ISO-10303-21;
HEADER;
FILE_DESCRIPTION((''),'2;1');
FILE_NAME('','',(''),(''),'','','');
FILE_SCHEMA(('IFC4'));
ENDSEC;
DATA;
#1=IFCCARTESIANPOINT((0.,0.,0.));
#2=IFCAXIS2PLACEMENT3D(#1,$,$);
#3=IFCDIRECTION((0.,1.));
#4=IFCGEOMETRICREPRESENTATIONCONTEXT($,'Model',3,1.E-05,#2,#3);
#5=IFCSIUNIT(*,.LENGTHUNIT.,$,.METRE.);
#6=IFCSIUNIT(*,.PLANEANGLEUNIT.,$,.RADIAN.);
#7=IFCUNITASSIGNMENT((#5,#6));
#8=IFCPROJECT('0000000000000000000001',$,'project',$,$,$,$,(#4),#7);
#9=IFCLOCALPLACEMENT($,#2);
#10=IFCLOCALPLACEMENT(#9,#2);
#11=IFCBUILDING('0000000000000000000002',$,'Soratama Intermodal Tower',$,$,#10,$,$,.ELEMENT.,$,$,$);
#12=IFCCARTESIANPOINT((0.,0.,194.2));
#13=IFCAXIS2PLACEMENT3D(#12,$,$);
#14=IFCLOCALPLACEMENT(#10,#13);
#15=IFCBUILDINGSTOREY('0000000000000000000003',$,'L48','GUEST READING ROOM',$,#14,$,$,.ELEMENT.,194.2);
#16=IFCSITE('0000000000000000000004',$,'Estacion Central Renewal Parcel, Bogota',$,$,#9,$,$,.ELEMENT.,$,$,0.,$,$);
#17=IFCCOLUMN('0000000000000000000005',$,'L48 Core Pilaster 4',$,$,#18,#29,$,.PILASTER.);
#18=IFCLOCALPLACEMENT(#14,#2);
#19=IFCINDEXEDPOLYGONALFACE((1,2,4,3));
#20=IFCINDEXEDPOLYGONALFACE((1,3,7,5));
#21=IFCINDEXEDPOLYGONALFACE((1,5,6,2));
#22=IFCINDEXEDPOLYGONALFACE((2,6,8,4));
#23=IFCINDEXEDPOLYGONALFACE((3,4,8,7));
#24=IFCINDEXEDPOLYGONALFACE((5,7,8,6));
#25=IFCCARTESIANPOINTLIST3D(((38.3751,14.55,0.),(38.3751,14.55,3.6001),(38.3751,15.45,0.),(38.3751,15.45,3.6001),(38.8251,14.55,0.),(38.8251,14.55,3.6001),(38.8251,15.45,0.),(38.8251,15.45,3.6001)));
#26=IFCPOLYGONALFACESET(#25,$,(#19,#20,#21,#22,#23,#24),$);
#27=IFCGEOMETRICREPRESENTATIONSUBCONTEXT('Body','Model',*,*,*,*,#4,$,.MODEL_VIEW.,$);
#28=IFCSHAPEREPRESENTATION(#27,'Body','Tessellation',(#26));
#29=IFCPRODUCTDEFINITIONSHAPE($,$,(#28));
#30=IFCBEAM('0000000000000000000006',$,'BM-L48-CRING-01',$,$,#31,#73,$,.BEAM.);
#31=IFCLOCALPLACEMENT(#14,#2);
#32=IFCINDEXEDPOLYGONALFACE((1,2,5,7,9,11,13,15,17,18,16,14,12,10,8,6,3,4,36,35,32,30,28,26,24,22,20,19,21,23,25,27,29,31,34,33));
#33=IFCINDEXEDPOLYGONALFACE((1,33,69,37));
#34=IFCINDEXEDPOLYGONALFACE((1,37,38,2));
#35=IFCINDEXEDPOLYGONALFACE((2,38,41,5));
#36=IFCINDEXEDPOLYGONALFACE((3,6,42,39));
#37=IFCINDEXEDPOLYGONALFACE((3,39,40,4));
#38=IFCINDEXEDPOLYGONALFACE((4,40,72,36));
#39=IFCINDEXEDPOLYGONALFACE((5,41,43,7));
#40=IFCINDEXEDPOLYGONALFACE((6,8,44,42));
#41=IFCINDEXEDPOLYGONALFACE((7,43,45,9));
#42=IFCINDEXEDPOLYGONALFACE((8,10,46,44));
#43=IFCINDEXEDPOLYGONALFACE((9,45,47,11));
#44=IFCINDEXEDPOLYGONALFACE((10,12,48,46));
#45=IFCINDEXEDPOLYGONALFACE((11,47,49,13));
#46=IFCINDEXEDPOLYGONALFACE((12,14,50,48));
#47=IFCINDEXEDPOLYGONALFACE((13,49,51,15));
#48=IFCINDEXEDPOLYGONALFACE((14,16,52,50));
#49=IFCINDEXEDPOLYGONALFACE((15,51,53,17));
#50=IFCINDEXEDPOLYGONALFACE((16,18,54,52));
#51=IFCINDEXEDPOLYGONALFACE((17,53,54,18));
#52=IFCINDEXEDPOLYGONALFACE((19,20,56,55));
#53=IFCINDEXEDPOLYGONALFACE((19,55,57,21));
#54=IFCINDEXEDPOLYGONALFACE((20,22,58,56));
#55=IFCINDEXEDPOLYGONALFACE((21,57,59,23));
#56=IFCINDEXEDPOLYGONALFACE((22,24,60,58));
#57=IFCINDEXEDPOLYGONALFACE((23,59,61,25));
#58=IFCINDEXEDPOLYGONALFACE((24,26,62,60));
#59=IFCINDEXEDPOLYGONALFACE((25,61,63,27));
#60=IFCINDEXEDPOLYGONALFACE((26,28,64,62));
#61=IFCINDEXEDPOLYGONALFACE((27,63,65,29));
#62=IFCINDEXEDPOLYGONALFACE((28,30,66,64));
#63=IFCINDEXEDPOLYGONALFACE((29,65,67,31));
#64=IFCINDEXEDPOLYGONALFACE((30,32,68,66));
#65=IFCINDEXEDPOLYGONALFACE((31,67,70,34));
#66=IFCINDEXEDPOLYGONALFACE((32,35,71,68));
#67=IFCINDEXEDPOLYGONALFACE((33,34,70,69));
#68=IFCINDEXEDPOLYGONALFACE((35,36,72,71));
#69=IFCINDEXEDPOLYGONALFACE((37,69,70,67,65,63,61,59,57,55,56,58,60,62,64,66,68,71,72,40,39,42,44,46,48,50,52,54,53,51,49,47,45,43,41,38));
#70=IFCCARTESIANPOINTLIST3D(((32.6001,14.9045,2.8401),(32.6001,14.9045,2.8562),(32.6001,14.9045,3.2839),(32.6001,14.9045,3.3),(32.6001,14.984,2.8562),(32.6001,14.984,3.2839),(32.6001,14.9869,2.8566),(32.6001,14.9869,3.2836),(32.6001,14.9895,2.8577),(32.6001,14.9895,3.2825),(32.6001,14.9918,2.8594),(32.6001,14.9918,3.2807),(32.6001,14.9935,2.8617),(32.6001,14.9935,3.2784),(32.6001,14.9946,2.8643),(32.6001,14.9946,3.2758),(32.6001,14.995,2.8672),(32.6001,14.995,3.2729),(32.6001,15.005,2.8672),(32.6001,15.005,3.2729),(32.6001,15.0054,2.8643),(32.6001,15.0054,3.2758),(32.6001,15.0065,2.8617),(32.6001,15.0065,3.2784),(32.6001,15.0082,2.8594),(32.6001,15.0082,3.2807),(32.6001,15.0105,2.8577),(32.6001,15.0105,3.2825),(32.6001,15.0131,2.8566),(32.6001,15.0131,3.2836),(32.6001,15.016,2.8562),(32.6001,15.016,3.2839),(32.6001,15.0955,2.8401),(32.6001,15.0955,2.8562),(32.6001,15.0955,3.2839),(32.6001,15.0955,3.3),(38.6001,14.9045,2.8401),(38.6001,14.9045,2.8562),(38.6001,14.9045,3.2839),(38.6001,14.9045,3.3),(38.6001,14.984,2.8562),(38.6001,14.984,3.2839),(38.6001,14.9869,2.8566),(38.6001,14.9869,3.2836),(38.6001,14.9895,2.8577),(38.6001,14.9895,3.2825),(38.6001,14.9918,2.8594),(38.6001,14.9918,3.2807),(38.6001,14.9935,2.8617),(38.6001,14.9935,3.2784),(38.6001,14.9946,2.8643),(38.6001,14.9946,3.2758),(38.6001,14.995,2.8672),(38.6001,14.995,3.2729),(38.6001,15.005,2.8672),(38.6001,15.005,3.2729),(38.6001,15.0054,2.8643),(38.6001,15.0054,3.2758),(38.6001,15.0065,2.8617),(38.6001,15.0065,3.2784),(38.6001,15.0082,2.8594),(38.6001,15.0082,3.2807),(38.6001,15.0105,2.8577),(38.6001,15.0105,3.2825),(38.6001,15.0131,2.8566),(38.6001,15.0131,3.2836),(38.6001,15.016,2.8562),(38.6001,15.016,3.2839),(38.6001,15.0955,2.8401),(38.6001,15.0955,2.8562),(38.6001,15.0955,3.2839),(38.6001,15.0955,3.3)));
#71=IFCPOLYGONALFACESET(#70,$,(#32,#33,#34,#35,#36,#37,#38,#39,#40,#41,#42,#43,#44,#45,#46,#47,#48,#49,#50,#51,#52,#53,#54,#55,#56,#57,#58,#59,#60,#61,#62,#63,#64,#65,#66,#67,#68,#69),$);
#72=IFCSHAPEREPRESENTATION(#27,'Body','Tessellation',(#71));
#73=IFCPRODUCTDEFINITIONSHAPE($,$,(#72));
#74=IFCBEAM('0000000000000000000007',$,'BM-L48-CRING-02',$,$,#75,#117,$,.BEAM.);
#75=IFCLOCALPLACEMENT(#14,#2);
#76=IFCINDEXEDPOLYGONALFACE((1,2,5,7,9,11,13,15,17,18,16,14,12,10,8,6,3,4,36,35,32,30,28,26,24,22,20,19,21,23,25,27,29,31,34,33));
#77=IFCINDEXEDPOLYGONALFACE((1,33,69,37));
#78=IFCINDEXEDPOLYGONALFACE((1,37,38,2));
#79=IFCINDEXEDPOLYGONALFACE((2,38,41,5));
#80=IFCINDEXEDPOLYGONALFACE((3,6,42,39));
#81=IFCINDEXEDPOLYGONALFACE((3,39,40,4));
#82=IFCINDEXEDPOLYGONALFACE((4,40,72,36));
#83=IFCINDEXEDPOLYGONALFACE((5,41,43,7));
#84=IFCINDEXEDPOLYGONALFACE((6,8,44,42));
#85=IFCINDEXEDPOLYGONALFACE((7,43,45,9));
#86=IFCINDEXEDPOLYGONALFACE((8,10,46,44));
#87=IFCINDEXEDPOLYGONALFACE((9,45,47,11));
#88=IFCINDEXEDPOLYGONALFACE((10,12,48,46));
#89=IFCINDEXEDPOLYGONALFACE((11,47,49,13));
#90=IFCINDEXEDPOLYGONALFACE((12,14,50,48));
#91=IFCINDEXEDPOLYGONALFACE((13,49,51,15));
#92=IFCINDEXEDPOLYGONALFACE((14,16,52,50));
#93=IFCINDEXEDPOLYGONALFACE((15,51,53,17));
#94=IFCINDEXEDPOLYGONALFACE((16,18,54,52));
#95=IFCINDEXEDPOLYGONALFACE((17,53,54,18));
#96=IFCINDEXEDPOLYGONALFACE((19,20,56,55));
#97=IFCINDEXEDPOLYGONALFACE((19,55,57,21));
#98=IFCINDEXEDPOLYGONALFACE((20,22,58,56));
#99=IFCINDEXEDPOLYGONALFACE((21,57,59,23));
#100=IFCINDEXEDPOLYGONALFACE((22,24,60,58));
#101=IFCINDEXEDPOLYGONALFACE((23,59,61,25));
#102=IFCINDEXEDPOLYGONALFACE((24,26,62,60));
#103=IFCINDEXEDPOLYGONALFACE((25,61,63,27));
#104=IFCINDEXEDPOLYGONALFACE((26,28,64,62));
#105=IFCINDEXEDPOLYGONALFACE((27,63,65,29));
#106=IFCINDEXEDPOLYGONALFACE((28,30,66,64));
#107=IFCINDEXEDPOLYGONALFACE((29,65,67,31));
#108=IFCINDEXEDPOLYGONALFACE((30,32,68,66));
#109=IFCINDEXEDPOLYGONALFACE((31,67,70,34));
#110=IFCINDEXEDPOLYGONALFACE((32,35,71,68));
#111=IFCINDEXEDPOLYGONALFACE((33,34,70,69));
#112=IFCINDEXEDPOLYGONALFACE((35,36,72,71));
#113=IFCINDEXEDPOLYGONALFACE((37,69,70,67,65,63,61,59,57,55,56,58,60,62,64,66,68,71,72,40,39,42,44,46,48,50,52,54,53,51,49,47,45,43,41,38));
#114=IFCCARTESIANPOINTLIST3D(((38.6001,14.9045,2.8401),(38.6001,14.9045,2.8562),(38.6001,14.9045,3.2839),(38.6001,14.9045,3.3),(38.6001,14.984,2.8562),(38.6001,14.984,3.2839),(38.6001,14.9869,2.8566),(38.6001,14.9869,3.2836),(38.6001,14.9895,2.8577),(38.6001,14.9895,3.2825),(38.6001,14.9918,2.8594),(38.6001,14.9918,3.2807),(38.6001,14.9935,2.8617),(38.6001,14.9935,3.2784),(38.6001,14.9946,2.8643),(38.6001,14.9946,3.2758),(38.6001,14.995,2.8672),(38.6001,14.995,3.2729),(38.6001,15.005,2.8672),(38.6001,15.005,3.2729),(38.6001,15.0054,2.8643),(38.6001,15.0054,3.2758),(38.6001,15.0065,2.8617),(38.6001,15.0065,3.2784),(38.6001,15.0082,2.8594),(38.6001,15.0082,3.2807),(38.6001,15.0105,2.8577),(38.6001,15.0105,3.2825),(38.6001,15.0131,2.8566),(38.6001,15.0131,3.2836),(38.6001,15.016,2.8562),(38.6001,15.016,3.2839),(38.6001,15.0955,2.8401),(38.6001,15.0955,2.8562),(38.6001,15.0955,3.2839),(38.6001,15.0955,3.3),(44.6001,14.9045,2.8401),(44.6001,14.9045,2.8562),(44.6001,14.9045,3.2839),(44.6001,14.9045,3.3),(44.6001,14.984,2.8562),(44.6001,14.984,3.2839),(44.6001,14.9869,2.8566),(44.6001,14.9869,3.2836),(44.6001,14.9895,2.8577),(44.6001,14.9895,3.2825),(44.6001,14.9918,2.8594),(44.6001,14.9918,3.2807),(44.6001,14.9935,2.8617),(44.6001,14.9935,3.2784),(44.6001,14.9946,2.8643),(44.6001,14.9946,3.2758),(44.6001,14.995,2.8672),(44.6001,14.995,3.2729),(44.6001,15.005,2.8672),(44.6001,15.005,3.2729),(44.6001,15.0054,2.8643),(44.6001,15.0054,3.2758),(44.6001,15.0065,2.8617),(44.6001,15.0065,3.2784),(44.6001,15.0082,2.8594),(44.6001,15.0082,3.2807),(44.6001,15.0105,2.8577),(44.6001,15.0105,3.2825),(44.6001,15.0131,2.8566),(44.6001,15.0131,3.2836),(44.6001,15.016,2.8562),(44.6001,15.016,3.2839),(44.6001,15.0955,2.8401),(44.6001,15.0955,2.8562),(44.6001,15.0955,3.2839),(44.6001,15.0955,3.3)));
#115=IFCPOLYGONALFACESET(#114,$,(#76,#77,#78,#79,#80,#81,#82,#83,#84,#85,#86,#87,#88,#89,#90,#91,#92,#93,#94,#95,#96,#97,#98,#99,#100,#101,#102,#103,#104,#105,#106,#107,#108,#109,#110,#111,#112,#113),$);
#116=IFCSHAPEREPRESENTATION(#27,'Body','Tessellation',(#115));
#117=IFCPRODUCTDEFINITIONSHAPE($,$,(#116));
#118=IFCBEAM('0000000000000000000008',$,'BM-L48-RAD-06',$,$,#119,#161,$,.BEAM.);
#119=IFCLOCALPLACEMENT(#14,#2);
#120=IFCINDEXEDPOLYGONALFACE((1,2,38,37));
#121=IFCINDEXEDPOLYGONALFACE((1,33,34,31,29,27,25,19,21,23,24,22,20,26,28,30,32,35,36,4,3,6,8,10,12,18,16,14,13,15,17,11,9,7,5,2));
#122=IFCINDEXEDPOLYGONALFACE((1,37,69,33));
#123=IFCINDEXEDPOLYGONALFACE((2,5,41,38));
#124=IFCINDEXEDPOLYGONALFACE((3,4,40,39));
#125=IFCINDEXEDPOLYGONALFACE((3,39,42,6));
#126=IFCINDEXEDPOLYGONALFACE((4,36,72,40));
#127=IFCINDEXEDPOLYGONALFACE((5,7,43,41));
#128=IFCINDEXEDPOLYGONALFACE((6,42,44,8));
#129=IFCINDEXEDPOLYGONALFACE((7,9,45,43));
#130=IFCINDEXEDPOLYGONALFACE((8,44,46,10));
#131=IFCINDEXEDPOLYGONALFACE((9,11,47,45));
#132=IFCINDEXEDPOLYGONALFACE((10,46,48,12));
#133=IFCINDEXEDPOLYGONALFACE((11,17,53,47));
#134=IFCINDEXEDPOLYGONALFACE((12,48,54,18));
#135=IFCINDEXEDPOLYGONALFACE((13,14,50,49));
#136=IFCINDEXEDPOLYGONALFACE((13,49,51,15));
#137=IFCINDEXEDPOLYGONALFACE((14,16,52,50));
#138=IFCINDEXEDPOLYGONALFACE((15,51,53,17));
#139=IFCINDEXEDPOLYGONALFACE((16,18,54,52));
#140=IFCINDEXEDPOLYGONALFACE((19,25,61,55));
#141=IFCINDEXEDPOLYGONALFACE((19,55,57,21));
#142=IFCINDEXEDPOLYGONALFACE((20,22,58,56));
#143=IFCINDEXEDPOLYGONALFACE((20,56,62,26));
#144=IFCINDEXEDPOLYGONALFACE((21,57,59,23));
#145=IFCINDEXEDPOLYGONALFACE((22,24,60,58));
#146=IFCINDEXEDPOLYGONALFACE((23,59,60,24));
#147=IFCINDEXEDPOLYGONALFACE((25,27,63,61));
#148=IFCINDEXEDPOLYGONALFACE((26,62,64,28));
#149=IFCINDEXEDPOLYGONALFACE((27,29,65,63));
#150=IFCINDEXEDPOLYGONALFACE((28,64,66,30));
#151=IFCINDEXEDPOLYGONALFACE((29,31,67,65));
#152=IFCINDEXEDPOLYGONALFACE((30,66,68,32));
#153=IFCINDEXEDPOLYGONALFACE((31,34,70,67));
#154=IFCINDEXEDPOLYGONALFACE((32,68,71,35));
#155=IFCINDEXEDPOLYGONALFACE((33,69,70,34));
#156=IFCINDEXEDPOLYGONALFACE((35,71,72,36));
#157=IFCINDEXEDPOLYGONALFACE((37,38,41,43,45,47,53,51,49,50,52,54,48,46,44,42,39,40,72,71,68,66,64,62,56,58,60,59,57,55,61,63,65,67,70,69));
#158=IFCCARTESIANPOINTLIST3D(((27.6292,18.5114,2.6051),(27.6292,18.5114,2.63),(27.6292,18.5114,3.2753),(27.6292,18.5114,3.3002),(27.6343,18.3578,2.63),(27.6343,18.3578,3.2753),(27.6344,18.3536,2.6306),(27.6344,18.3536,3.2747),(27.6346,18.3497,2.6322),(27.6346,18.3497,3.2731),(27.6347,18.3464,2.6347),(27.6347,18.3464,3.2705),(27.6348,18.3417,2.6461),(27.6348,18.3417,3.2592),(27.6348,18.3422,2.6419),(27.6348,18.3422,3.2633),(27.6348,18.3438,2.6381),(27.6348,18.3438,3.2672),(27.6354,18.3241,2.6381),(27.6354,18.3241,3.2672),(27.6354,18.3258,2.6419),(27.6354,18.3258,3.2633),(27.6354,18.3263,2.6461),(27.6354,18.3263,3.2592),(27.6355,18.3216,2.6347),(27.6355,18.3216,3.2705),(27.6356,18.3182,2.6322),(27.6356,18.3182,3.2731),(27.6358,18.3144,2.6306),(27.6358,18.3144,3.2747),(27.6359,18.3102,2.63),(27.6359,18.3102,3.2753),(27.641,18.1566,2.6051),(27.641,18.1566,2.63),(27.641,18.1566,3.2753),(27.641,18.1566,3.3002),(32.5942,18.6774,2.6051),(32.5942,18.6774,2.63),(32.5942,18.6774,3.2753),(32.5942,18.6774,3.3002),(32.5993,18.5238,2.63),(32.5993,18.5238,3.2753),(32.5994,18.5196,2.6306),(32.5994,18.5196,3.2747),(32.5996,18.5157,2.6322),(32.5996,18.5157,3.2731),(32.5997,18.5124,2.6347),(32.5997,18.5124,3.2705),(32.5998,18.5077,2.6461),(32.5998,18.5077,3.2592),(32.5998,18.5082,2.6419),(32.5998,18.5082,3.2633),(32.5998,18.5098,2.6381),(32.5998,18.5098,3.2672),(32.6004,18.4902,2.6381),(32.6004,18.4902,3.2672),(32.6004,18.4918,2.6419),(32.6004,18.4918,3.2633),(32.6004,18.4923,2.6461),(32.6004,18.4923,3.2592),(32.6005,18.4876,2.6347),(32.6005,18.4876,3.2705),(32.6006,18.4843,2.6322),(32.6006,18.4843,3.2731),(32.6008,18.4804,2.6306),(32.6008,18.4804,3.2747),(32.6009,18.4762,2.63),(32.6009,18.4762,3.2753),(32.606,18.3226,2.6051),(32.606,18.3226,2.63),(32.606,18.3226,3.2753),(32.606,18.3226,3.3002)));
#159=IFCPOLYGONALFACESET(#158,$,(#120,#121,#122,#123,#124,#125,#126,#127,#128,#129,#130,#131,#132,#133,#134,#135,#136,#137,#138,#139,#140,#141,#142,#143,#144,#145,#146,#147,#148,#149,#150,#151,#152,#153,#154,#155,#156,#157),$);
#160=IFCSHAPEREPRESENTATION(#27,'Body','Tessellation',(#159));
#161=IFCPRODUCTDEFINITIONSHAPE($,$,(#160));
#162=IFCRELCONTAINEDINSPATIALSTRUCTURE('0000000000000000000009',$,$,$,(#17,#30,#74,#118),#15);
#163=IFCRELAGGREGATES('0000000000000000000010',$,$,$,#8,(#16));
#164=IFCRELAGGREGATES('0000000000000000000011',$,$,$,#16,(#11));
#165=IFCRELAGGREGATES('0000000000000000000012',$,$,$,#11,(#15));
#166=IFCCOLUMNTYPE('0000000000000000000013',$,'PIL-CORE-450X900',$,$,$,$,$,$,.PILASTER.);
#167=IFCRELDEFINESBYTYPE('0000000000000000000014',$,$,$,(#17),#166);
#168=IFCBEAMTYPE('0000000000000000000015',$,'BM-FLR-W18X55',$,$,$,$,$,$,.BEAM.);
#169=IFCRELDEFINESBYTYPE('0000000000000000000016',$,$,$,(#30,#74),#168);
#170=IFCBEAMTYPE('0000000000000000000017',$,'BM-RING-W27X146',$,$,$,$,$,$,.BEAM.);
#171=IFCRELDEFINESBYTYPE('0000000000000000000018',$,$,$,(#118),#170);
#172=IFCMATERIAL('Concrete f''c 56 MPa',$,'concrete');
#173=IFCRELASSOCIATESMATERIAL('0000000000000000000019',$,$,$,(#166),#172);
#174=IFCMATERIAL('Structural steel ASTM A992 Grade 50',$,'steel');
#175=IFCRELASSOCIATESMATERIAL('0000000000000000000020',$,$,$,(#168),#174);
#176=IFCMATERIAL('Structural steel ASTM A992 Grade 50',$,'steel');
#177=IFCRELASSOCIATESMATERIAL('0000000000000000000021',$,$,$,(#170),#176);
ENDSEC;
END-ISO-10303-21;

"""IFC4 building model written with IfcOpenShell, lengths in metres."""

from ifc_helpers import new_model, si_unit, direction, frame, origin, origin_2d, place, context, subcontext, project, spatial, rectangle, i_section, extrude, material, material_profile, profile_set, type_object, element, save


model = new_model("IFC4")

# Units and contexts
model_context = context("Model", 3, precision=1e-05, world=origin(), true_north=direction((0.0, 1.0)))
body_context = subcontext(model_context, "Body", "Model", "MODEL_VIEW")
ifc_project = project(units=[si_unit("LENGTHUNIT", "METRE"), si_unit("PLANEANGLEUNIT", "RADIAN")], contexts=[model_context])

# Site, building, storey
site_placement = place(None, origin())
site = spatial("IfcSite", under=ifc_project, at=site_placement, Name="Estacion Central Renewal Parcel, Bogota", CompositionType="ELEMENT", RefElevation=0.0)
building_placement = place(site_placement, origin())
building = spatial("IfcBuilding", under=site, at=building_placement, Name="Soratama Intermodal Tower", CompositionType="ELEMENT")
storey_placement = place(building_placement, frame((0.0, 0.0, 194.2)))
storey = spatial("IfcBuildingStorey", under=building, at=storey_placement, Name="L48", Description="GUEST READING ROOM", CompositionType="ELEMENT", Elevation=194.2)

# Column
ifc_material_1 = material(Name="Concrete f'c 56 MPa", Category="concrete")
ifc_material_profile_1 = material_profile(ifc_material_1, rectangle(XDim=0.45, YDim=0.8999, at=origin_2d()), Name="RC450X900")
ifc_profile_set_1 = profile_set([ifc_material_profile_1], Name="Concrete f'c 56 MPa")
column_type = type_object("IfcColumnType", Name="PIL-CORE-450X900", PredefinedType="PILASTER", material=ifc_profile_set_1)
column_placement = place(storey_placement, frame((38.6001, 15.0, 0.0), z_axis=(0.0, 0.0, 1.0), x_axis=(1.0, 0.0, 0.0)))
element("IfcColumn", 1, at=column_placement, inside=storey, type_object=column_type, Name="L48 Core Pilaster 4", PredefinedType="PILASTER", context=body_context, shape_type="SweptSolid", body=[
    extrude(rectangle(XDim=0.45, YDim=0.8999, at=origin_2d()), origin(), (0.0, 0.0, 1.0), 3.6001),
])

# Beams
ifc_material_2 = material(Name="Structural steel ASTM A992 Grade 50", Category="steel")
ifc_material_profile_2 = material_profile(ifc_material_2, i_section(OverallWidth=0.1909, OverallDepth=0.46, WebThickness=0.01, FlangeThickness=0.0161, FilletRadius=0.011, at=origin_2d()), Name="W18X55")
ifc_profile_set_2 = profile_set([ifc_material_profile_2], Name="Structural steel ASTM A992 Grade 50")
beam_type_1 = type_object("IfcBeamType", Name="BM-FLR-W18X55", PredefinedType="BEAM", material=ifc_profile_set_2)
for number, where, z_axis, x_axis, name in (
    (2, (32.6001, 15.0, 3.0701), (1.0, 0.0, 0.0), (0.0, 1.0, 0.0), "BM-L48-CRING-01"),
    (3, (38.6001, 15.0, 3.0701), (1.0, 0.0, 0.0), (0.0, 1.0, 0.0), "BM-L48-CRING-02"),
):
    element("IfcBeam", number, at=place(storey_placement, frame(where, z_axis=z_axis, x_axis=x_axis)), inside=storey, type_object=beam_type_1, Name=name, PredefinedType="BEAM", context=body_context, shape_type="SweptSolid", body=[
        extrude(i_section(OverallWidth=0.1909, OverallDepth=0.46, WebThickness=0.01, FlangeThickness=0.0161, FilletRadius=0.011, at=origin_2d()), origin(), (0.0, 0.0, 1.0), 6.0),
    ])
ifc_material_3 = material(Name="Structural steel ASTM A992 Grade 50", Category="steel")
ifc_material_profile_3 = material_profile(ifc_material_3, i_section(OverallWidth=0.355, OverallDepth=0.6951, WebThickness=0.0154, FlangeThickness=0.0249, FilletRadius=0.0161, at=origin_2d()), Name="W27X146")
ifc_profile_set_3 = profile_set([ifc_material_profile_3], Name="Structural steel ASTM A992 Grade 50")
beam_type_2 = type_object("IfcBeamType", Name="BM-RING-W27X146", PredefinedType="BEAM", material=ifc_profile_set_3)
beam_1_placement = place(storey_placement, frame((32.6001, 18.5, 2.9526), z_axis=(-0.999441, -0.033418, 0.0), x_axis=(0.033418, -0.999441, 0.0)))
element("IfcBeam", 4, at=beam_1_placement, inside=storey, type_object=beam_type_2, Name="BM-L48-RAD-06", PredefinedType="BEAM", context=body_context, shape_type="SweptSolid", body=[
    extrude(i_section(OverallWidth=0.355, OverallDepth=0.6951, WebThickness=0.0154, FlangeThickness=0.0249, FilletRadius=0.0161, at=origin_2d()), origin(), (0.0, 0.0, 1.0), 4.9678),
])

save(model, "model.ifc")
